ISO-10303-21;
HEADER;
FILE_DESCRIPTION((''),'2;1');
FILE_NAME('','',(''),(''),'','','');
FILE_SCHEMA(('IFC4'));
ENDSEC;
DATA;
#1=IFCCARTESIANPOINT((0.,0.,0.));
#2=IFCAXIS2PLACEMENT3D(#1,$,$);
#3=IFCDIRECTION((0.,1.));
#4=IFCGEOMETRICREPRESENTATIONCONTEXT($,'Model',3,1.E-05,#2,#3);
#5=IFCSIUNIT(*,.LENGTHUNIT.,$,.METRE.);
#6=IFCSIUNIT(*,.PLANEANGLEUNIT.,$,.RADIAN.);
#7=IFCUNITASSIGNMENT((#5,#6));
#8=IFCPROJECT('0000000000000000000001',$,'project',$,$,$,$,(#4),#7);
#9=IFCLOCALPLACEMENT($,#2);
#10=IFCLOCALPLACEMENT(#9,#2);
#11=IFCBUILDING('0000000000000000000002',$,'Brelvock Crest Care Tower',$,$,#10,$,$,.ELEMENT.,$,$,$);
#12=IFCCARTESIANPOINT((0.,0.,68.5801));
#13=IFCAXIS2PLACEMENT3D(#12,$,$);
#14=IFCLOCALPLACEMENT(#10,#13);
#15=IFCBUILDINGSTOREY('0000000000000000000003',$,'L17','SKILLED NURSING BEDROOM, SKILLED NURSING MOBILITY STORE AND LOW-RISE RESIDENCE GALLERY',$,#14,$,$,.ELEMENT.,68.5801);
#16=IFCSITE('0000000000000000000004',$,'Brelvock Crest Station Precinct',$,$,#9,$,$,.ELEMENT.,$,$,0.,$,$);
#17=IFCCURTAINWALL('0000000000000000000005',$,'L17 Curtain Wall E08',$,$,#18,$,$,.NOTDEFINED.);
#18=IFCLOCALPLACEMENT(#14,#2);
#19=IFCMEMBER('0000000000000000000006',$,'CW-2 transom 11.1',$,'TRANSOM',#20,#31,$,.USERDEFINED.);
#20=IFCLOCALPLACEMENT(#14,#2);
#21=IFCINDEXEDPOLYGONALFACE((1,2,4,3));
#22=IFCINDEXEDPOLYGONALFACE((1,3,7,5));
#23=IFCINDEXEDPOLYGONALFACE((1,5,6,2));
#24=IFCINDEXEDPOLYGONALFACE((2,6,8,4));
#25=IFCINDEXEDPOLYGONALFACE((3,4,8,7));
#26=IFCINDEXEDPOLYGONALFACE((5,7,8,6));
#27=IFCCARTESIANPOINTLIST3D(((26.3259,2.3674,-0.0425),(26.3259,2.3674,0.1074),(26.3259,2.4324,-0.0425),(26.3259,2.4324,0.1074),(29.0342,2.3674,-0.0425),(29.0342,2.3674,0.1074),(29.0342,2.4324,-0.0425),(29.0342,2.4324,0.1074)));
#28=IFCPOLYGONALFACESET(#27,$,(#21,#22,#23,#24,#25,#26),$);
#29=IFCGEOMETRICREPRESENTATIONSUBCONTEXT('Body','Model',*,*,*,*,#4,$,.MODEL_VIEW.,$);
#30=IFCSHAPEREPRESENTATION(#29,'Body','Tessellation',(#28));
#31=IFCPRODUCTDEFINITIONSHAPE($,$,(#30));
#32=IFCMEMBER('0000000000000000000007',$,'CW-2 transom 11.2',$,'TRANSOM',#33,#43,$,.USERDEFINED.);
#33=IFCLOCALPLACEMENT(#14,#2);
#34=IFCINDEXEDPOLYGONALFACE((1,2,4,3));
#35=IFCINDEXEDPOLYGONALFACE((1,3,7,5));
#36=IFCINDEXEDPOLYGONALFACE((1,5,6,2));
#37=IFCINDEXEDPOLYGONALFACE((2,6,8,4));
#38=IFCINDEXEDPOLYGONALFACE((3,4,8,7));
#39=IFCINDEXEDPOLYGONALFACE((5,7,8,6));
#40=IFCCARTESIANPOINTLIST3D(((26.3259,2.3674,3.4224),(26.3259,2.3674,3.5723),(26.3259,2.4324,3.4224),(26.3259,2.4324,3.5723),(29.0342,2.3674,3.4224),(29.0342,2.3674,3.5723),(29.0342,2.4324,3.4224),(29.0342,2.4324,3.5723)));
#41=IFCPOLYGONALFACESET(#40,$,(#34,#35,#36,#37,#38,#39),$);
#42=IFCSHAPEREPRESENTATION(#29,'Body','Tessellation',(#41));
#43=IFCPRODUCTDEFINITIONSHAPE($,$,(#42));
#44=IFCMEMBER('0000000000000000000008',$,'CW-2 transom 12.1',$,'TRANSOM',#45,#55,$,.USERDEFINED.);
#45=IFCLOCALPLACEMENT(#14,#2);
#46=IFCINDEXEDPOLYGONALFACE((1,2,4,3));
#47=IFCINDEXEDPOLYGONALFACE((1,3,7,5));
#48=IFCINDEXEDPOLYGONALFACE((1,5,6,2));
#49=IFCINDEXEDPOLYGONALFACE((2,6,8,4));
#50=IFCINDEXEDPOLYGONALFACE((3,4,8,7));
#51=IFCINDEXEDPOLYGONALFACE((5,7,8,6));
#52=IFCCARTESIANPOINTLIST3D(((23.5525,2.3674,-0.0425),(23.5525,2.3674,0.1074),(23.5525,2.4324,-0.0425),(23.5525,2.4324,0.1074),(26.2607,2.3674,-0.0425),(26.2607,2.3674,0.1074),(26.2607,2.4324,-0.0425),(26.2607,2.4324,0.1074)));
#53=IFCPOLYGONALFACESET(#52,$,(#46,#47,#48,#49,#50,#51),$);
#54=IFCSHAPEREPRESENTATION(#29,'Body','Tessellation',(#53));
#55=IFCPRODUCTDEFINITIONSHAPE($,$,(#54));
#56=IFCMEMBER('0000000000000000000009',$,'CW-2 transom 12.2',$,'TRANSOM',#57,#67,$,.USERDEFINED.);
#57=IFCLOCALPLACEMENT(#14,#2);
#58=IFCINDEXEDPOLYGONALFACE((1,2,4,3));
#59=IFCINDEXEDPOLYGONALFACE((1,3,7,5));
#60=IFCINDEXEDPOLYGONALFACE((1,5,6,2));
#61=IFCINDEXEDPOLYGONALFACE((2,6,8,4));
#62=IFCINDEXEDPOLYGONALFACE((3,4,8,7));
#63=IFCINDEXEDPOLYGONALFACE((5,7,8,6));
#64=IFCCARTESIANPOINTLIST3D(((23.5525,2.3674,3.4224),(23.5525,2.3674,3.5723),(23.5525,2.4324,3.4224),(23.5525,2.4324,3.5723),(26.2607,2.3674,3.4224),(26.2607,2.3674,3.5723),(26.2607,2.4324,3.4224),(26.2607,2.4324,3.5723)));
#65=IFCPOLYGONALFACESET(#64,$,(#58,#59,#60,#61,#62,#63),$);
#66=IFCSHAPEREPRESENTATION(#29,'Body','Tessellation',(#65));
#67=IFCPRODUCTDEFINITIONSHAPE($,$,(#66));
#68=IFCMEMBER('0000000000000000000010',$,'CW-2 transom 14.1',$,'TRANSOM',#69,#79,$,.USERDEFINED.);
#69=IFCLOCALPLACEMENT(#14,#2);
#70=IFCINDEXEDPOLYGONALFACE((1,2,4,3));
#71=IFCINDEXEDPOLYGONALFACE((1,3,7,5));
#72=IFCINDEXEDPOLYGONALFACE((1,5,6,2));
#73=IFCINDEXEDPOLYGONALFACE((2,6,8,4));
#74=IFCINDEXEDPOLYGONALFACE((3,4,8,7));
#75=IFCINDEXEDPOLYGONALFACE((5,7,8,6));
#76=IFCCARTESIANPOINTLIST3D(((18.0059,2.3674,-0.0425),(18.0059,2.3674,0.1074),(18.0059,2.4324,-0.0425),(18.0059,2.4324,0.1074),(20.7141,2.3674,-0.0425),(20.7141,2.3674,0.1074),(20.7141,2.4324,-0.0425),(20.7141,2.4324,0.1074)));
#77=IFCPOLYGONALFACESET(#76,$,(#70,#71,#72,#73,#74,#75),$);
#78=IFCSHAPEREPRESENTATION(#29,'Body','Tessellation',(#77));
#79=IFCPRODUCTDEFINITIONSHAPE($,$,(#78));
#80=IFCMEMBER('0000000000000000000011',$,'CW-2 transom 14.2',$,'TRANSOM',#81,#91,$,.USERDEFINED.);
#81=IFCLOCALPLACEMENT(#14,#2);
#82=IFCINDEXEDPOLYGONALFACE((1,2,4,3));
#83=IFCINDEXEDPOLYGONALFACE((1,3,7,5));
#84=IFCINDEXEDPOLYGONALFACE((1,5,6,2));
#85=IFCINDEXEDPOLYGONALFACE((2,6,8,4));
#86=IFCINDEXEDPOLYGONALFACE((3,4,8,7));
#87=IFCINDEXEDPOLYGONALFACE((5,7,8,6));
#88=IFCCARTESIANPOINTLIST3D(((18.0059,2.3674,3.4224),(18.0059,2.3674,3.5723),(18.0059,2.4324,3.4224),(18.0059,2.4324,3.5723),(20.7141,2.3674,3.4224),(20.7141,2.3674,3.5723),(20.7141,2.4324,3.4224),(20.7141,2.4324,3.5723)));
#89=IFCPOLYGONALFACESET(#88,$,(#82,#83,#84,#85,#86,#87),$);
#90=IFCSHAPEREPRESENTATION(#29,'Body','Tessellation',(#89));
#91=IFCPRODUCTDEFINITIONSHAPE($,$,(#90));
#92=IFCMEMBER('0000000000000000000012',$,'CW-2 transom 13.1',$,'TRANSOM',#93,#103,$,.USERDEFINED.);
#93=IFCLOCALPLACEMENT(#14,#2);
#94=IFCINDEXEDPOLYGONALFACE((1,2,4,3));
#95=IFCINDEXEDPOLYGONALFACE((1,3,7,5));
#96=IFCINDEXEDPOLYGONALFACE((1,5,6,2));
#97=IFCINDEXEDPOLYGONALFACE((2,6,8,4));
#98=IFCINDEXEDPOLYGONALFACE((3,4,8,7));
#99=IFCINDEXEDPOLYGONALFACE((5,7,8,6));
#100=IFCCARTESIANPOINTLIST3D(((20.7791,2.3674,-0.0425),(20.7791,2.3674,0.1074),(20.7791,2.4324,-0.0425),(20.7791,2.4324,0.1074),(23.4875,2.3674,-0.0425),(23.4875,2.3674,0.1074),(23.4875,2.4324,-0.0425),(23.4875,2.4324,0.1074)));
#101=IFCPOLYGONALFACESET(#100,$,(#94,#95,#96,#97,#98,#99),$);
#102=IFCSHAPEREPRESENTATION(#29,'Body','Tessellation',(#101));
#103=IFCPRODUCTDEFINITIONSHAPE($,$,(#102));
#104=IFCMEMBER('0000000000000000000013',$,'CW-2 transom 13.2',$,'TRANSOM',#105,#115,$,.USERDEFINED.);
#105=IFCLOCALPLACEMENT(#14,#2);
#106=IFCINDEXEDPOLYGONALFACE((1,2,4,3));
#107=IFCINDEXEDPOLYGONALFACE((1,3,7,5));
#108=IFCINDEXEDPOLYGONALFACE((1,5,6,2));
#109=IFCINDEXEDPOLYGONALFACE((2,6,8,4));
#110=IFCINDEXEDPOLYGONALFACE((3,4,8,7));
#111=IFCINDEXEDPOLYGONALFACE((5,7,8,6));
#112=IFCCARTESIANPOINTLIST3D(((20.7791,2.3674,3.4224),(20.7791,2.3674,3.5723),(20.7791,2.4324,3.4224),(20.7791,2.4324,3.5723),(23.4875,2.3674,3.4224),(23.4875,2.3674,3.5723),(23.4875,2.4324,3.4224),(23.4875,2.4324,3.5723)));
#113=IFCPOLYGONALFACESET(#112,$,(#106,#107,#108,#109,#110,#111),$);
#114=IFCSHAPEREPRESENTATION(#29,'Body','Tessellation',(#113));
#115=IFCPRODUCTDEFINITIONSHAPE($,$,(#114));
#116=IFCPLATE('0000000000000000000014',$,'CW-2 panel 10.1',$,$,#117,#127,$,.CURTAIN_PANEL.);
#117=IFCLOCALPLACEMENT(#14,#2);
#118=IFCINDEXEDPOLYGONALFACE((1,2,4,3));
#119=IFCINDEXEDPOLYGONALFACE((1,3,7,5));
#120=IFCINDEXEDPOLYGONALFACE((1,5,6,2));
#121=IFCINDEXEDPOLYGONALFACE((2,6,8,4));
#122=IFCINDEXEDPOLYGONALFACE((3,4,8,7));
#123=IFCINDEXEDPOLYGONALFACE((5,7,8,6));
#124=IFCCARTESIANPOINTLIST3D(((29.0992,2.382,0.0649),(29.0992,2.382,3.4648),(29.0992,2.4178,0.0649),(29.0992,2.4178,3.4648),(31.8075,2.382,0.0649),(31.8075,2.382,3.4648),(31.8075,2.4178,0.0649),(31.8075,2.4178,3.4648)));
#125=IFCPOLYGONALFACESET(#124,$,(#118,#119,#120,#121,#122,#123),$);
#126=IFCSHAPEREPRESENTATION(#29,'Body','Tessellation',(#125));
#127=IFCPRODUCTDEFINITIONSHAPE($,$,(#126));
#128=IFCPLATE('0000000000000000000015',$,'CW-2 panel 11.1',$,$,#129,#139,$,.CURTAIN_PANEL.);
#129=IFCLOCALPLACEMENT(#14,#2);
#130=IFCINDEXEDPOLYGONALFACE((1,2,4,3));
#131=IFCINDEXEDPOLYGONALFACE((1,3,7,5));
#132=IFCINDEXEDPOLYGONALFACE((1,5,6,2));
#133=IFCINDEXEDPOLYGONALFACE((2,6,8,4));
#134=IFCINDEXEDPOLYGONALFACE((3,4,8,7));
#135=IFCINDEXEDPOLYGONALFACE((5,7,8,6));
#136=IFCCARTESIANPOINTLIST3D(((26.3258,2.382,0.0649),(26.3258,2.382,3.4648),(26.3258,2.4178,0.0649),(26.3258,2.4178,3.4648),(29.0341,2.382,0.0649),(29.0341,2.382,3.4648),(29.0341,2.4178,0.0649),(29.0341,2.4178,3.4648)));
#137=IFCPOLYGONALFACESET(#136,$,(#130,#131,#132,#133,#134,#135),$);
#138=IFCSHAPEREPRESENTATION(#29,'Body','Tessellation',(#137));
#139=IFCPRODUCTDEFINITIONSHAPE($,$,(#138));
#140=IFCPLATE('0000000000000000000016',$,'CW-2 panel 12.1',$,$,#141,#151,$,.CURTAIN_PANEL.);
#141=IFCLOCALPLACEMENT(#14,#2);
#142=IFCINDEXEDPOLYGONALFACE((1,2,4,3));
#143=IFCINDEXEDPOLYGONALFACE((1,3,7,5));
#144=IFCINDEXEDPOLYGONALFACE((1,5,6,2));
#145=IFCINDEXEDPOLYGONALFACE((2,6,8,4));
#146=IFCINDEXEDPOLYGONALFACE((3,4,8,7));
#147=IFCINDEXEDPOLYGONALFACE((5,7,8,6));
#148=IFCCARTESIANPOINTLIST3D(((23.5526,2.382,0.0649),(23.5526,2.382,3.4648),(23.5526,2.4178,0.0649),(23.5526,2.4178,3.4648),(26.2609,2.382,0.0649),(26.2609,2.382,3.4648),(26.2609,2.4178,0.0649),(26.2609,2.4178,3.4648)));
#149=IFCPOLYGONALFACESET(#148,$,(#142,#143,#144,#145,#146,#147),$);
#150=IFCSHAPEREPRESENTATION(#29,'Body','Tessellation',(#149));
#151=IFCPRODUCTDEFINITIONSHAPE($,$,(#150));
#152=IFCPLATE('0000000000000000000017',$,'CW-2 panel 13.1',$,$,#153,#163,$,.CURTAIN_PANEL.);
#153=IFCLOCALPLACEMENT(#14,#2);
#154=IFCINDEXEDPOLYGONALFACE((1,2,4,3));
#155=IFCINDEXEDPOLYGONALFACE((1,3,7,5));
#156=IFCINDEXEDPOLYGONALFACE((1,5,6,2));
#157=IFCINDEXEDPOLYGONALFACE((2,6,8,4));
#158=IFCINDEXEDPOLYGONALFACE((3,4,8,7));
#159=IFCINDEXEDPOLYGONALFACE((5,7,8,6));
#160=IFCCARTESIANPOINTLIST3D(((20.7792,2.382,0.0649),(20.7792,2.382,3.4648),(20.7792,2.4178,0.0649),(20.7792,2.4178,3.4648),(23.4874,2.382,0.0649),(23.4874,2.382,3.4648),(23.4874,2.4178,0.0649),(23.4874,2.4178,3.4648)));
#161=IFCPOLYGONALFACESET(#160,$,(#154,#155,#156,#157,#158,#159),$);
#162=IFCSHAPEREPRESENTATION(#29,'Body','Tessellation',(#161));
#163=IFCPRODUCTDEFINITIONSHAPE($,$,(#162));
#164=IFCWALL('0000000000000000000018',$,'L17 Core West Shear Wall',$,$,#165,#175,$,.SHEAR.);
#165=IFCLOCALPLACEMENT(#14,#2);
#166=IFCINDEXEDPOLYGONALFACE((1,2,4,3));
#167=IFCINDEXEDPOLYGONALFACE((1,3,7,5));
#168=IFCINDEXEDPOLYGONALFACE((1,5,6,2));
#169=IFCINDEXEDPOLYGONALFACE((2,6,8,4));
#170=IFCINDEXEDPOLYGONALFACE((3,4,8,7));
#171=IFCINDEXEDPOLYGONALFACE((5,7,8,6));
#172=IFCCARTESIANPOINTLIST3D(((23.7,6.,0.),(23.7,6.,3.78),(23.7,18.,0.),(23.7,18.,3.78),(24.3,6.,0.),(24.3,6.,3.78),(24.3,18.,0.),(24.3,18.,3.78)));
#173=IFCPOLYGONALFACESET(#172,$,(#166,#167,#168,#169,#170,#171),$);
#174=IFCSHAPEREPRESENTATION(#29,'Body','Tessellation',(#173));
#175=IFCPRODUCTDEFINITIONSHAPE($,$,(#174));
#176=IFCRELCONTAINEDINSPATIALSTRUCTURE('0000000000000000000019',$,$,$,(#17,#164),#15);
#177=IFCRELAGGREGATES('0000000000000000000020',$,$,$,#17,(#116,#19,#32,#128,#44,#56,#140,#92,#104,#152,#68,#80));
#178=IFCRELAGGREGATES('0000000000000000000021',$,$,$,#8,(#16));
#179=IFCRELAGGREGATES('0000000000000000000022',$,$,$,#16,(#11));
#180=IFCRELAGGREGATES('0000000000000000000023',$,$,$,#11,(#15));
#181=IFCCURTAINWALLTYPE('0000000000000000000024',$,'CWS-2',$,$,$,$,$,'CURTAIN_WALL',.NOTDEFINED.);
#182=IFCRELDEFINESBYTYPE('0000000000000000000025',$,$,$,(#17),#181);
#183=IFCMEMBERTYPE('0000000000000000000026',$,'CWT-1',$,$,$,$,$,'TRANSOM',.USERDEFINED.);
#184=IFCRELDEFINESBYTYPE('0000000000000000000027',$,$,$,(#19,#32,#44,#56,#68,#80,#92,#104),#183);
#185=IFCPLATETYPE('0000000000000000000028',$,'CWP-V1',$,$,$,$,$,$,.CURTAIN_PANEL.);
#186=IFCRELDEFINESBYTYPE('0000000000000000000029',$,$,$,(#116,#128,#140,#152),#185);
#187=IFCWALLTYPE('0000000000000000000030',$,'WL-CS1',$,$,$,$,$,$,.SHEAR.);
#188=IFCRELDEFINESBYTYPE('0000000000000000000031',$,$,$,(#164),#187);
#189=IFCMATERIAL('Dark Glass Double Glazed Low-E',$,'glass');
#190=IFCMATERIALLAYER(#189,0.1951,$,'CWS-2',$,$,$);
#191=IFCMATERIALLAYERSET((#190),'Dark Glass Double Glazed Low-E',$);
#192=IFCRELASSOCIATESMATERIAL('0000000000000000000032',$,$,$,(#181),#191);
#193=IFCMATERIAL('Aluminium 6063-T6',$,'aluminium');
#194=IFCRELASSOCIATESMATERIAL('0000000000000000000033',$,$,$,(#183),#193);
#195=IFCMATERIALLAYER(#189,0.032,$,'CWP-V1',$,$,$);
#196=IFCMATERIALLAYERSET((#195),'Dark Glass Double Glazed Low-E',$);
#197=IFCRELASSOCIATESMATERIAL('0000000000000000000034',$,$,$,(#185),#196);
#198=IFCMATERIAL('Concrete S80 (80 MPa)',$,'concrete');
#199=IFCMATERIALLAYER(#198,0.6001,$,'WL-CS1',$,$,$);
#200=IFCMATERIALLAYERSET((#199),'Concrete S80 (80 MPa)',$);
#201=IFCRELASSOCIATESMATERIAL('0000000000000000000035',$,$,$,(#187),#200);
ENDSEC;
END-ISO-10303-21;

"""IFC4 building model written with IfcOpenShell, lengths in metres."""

from ifc_helpers import new_model, si_unit, direction, frame, frame_2d, origin, origin_2d, place, context, subcontext, project, spatial, rectangle, extrude, source, transform, mapped, material, layer, layer_set, material_profile, profile_set, type_object, element, aggregate, save


model = new_model("IFC4")

# Units and contexts
model_context = context("Model", 3, precision=1e-05, world=origin(), true_north=direction((0.0, 1.0)))
body_context = subcontext(model_context, "Body", "Model", "MODEL_VIEW")
ifc_project = project(units=[si_unit("LENGTHUNIT", "METRE"), si_unit("PLANEANGLEUNIT", "RADIAN")], contexts=[model_context])

# Site, building, storey
site_placement = place(None, origin())
site = spatial("IfcSite", under=ifc_project, at=site_placement, Name="Brelvock Crest Station Precinct", CompositionType="ELEMENT", RefElevation=0.0)
building_placement = place(site_placement, origin())
building = spatial("IfcBuilding", under=site, at=building_placement, Name="Brelvock Crest Care Tower", CompositionType="ELEMENT")
storey_placement = place(building_placement, frame((0.0, 0.0, 68.5801)))
storey = spatial("IfcBuildingStorey", under=building, at=storey_placement, Name="L17", Description="SKILLED NURSING BEDROOM, SKILLED NURSING MOBILITY STORE AND LOW-RISE RESIDENCE GALLERY", CompositionType="ELEMENT", Elevation=68.5801)

# Shared definitions
ifc_material_1 = material(Name="Concrete S80 (80 MPa)", Category="concrete")

# Curtain wall, members, plates
ifc_material_2 = material(Name="Dark Glass Double Glazed Low-E", Category="glass")
ifc_layer_1 = layer(ifc_material_2, 0.1951, Name="CWS-2")
ifc_layer_set_1 = layer_set([ifc_layer_1], Name="Dark Glass Double Glazed Low-E")
curtain_wall_type = type_object("IfcCurtainWallType", Name="CWS-2", ElementType="CURTAIN_WALL", PredefinedType="NOTDEFINED", material=ifc_layer_set_1)
curtain_wall_placement = place(storey_placement, origin())
curtain_wall = element("IfcCurtainWall", 1, at=curtain_wall_placement, inside=storey, type_object=curtain_wall_type, Name="L17 Curtain Wall E08", PredefinedType="NOTDEFINED")
ifc_material_3 = material(Name="Aluminium 6063-T6", Category="aluminium")
ifc_material_profile_1 = material_profile(ifc_material_3, rectangle(XDim=0.0649, YDim=0.1499, at=origin_2d()), Name="ALU65x150")
ifc_profile_set_1 = profile_set([ifc_material_profile_1], Name="Aluminium 6063-T6")
member_type_1 = type_object("IfcMemberType", Name="CWT-1", ElementType="TRANSOM", PredefinedType="USERDEFINED", material=ifc_profile_set_1)
shared_shape_1 = source(origin(), body_context, "Body", "SweptSolid", [
    extrude(rectangle(XDim=0.0649, YDim=0.1499, at=origin_2d()), origin(), (0.0, 0.0, 1.0), 2.7083),
])
member_1_placement = place(storey_placement, frame((29.0342, 2.3999, 0.0325), z_axis=(-1.0, 0.0, 0.0), x_axis=(0.0, -1.0, 0.0)))
member_1 = element("IfcMember", 2, at=member_1_placement, type_object=member_type_1, Name="CW-2 transom 11.1", ObjectType="TRANSOM", PredefinedType="USERDEFINED", context=body_context, shape_type="MappedRepresentation", body=[
    mapped(shared_shape_1, transform((0.0, 0.0, 0.0), x_axis=(1.0, 0.0, 0.0), y_axis=(0.0, 1.0, 0.0), z_axis=(0.0, 0.0, 1.0), scale=1.0)),
])
member_2_placement = place(storey_placement, frame((29.0342, 2.3999, 3.4973), z_axis=(-1.0, 0.0, 0.0), x_axis=(0.0, -1.0, 0.0)))
member_2 = element("IfcMember", 3, at=member_2_placement, type_object=member_type_1, Name="CW-2 transom 11.2", ObjectType="TRANSOM", PredefinedType="USERDEFINED", context=body_context, shape_type="MappedRepresentation", body=[
    mapped(shared_shape_1, transform((0.0, 0.0, 0.0), x_axis=(1.0, 0.0, 0.0), y_axis=(0.0, 1.0, 0.0), z_axis=(0.0, 0.0, 1.0), scale=1.0)),
])
member_3_placement = place(storey_placement, frame((26.2607, 2.3999, 0.0325), z_axis=(-1.0, 0.0, 0.0), x_axis=(0.0, -1.0, 0.0)))
member_3 = element("IfcMember", 4, at=member_3_placement, type_object=member_type_1, Name="CW-2 transom 12.1", ObjectType="TRANSOM", PredefinedType="USERDEFINED", context=body_context, shape_type="MappedRepresentation", body=[
    mapped(shared_shape_1, transform((0.0, 0.0, 0.0), x_axis=(1.0, 0.0, 0.0), y_axis=(0.0, 1.0, 0.0), z_axis=(0.0, 0.0, 1.0), scale=1.0)),
])
member_4_placement = place(storey_placement, frame((26.2607, 2.3999, 3.4973), z_axis=(-1.0, 0.0, 0.0), x_axis=(0.0, -1.0, 0.0)))
member_4 = element("IfcMember", 5, at=member_4_placement, type_object=member_type_1, Name="CW-2 transom 12.2", ObjectType="TRANSOM", PredefinedType="USERDEFINED", context=body_context, shape_type="MappedRepresentation", body=[
    mapped(shared_shape_1, transform((0.0, 0.0, 0.0), x_axis=(1.0, 0.0, 0.0), y_axis=(0.0, 1.0, 0.0), z_axis=(0.0, 0.0, 1.0), scale=1.0)),
])
member_5_placement = place(storey_placement, frame((20.7141, 2.3999, 0.0325), z_axis=(-1.0, 0.0, 0.0), x_axis=(0.0, -1.0, 0.0)))
member_5 = element("IfcMember", 6, at=member_5_placement, type_object=member_type_1, Name="CW-2 transom 14.1", ObjectType="TRANSOM", PredefinedType="USERDEFINED", context=body_context, shape_type="MappedRepresentation", body=[
    mapped(shared_shape_1, transform((0.0, 0.0, 0.0), x_axis=(1.0, 0.0, 0.0), y_axis=(0.0, 1.0, 0.0), z_axis=(0.0, 0.0, 1.0), scale=1.0)),
])
member_6_placement = place(storey_placement, frame((20.7141, 2.3999, 3.4973), z_axis=(-1.0, 0.0, 0.0), x_axis=(0.0, -1.0, 0.0)))
member_6 = element("IfcMember", 7, at=member_6_placement, type_object=member_type_1, Name="CW-2 transom 14.2", ObjectType="TRANSOM", PredefinedType="USERDEFINED", context=body_context, shape_type="MappedRepresentation", body=[
    mapped(shared_shape_1, transform((0.0, 0.0, 0.0), x_axis=(1.0, 0.0, 0.0), y_axis=(0.0, 1.0, 0.0), z_axis=(0.0, 0.0, 1.0), scale=1.0)),
])
shared_shape_2 = source(origin(), body_context, "Body", "SweptSolid", [
    extrude(rectangle(XDim=0.0649, YDim=0.1499, at=origin_2d()), origin(), (0.0, 0.0, 1.0), 2.7085),
])
member_7_placement = place(storey_placement, frame((23.4875, 2.3999, 0.0325), z_axis=(-1.0, 0.0, 0.0), x_axis=(0.0, -1.0, 0.0)))
member_7 = element("IfcMember", 8, at=member_7_placement, type_object=member_type_1, Name="CW-2 transom 13.1", ObjectType="TRANSOM", PredefinedType="USERDEFINED", context=body_context, shape_type="MappedRepresentation", body=[
    mapped(shared_shape_2, transform((0.0, 0.0, 0.0), x_axis=(1.0, 0.0, 0.0), y_axis=(0.0, 1.0, 0.0), z_axis=(0.0, 0.0, 1.0), scale=1.0)),
])
member_8_placement = place(storey_placement, frame((23.4875, 2.3999, 3.4973), z_axis=(-1.0, 0.0, 0.0), x_axis=(0.0, -1.0, 0.0)))
member_8 = element("IfcMember", 9, at=member_8_placement, type_object=member_type_1, Name="CW-2 transom 13.2", ObjectType="TRANSOM", PredefinedType="USERDEFINED", context=body_context, shape_type="MappedRepresentation", body=[
    mapped(shared_shape_2, transform((0.0, 0.0, 0.0), x_axis=(1.0, 0.0, 0.0), y_axis=(0.0, 1.0, 0.0), z_axis=(0.0, 0.0, 1.0), scale=1.0)),
])
ifc_layer_2 = layer(ifc_material_2, 0.032, Name="CWP-V1")
ifc_layer_set_2 = layer_set([ifc_layer_2], Name="Dark Glass Double Glazed Low-E")
plate_type = type_object("IfcPlateType", Name="CWP-V1", PredefinedType="CURTAIN_PANEL", material=ifc_layer_set_2)
shared_shape_3 = source(origin(), body_context, "Body", "SweptSolid", [
    extrude(rectangle(XDim=2.7083, YDim=0.0359, at=origin_2d()), origin(), (0.0, 0.0, 1.0), 3.3999),
])
plate_1_placement = place(storey_placement, frame((30.4534, 2.3999, 0.0649), z_axis=(0.0, 0.0, 1.0), x_axis=(-1.0, 0.0, 0.0)))
plate_1 = element("IfcPlate", 10, at=plate_1_placement, type_object=plate_type, Name="CW-2 panel 10.1", PredefinedType="CURTAIN_PANEL", context=body_context, shape_type="MappedRepresentation", body=[
    mapped(shared_shape_3, transform((0.0, 0.0, 0.0), x_axis=(1.0, 0.0, 0.0), y_axis=(0.0, 1.0, 0.0), z_axis=(0.0, 0.0, 1.0), scale=1.0)),
])
plate_2_placement = place(storey_placement, frame((27.6799, 2.3999, 0.0649), z_axis=(0.0, 0.0, 1.0), x_axis=(-1.0, 0.0, 0.0)))
plate_2 = element("IfcPlate", 11, at=plate_2_placement, type_object=plate_type, Name="CW-2 panel 11.1", PredefinedType="CURTAIN_PANEL", context=body_context, shape_type="MappedRepresentation", body=[
    mapped(shared_shape_3, transform((0.0, 0.0, 0.0), x_axis=(1.0, 0.0, 0.0), y_axis=(0.0, 1.0, 0.0), z_axis=(0.0, 0.0, 1.0), scale=1.0)),
])
plate_3_placement = place(storey_placement, frame((24.9067, 2.3999, 0.0649), z_axis=(0.0, 0.0, 1.0), x_axis=(-1.0, 0.0, 0.0)))
plate_3 = element("IfcPlate", 12, at=plate_3_placement, type_object=plate_type, Name="CW-2 panel 12.1", PredefinedType="CURTAIN_PANEL", context=body_context, shape_type="MappedRepresentation", body=[
    mapped(shared_shape_3, transform((0.0, 0.0, 0.0), x_axis=(1.0, 0.0, 0.0), y_axis=(0.0, 1.0, 0.0), z_axis=(0.0, 0.0, 1.0), scale=1.0)),
])
plate_4_placement = place(storey_placement, frame((22.1333, 2.3999, 0.0649), z_axis=(0.0, 0.0, 1.0), x_axis=(-1.0, 0.0, 0.0)))
plate_4 = element("IfcPlate", 13, at=plate_4_placement, type_object=plate_type, Name="CW-2 panel 13.1", PredefinedType="CURTAIN_PANEL", context=body_context, shape_type="MappedRepresentation", body=[
    mapped(shared_shape_3, transform((0.0, 0.0, 0.0), x_axis=(1.0, 0.0, 0.0), y_axis=(0.0, 1.0, 0.0), z_axis=(0.0, 0.0, 1.0), scale=1.0)),
])
aggregate(curtain_wall, [plate_1, member_1, member_2, plate_2, member_3, member_4, plate_3, member_7, member_8, plate_4, member_5, member_6])

# Wall
ifc_layer_3 = layer(ifc_material_1, 0.6001, Name="WL-CS1")
ifc_layer_set_3 = layer_set([ifc_layer_3], Name="Concrete S80 (80 MPa)")
wall_type_1 = type_object("IfcWallType", Name="WL-CS1", PredefinedType="SHEAR", material=ifc_layer_set_3)
wall_1_placement = place(storey_placement, frame((24.0, 6.0, 0.0), z_axis=(0.0, 0.0, 1.0), x_axis=(0.0, 1.0, 0.0)))
element("IfcWall", 14, at=wall_1_placement, inside=storey, type_object=wall_type_1, Name="L17 Core West Shear Wall", PredefinedType="SHEAR", context=body_context, shape_type="SweptSolid", body=[
    extrude(rectangle(XDim=12.0, YDim=0.6001, at=frame_2d((6.0, 0.0))), origin(), (0.0, 0.0, 1.0), 3.78),
])

save(model, "model.ifc")
